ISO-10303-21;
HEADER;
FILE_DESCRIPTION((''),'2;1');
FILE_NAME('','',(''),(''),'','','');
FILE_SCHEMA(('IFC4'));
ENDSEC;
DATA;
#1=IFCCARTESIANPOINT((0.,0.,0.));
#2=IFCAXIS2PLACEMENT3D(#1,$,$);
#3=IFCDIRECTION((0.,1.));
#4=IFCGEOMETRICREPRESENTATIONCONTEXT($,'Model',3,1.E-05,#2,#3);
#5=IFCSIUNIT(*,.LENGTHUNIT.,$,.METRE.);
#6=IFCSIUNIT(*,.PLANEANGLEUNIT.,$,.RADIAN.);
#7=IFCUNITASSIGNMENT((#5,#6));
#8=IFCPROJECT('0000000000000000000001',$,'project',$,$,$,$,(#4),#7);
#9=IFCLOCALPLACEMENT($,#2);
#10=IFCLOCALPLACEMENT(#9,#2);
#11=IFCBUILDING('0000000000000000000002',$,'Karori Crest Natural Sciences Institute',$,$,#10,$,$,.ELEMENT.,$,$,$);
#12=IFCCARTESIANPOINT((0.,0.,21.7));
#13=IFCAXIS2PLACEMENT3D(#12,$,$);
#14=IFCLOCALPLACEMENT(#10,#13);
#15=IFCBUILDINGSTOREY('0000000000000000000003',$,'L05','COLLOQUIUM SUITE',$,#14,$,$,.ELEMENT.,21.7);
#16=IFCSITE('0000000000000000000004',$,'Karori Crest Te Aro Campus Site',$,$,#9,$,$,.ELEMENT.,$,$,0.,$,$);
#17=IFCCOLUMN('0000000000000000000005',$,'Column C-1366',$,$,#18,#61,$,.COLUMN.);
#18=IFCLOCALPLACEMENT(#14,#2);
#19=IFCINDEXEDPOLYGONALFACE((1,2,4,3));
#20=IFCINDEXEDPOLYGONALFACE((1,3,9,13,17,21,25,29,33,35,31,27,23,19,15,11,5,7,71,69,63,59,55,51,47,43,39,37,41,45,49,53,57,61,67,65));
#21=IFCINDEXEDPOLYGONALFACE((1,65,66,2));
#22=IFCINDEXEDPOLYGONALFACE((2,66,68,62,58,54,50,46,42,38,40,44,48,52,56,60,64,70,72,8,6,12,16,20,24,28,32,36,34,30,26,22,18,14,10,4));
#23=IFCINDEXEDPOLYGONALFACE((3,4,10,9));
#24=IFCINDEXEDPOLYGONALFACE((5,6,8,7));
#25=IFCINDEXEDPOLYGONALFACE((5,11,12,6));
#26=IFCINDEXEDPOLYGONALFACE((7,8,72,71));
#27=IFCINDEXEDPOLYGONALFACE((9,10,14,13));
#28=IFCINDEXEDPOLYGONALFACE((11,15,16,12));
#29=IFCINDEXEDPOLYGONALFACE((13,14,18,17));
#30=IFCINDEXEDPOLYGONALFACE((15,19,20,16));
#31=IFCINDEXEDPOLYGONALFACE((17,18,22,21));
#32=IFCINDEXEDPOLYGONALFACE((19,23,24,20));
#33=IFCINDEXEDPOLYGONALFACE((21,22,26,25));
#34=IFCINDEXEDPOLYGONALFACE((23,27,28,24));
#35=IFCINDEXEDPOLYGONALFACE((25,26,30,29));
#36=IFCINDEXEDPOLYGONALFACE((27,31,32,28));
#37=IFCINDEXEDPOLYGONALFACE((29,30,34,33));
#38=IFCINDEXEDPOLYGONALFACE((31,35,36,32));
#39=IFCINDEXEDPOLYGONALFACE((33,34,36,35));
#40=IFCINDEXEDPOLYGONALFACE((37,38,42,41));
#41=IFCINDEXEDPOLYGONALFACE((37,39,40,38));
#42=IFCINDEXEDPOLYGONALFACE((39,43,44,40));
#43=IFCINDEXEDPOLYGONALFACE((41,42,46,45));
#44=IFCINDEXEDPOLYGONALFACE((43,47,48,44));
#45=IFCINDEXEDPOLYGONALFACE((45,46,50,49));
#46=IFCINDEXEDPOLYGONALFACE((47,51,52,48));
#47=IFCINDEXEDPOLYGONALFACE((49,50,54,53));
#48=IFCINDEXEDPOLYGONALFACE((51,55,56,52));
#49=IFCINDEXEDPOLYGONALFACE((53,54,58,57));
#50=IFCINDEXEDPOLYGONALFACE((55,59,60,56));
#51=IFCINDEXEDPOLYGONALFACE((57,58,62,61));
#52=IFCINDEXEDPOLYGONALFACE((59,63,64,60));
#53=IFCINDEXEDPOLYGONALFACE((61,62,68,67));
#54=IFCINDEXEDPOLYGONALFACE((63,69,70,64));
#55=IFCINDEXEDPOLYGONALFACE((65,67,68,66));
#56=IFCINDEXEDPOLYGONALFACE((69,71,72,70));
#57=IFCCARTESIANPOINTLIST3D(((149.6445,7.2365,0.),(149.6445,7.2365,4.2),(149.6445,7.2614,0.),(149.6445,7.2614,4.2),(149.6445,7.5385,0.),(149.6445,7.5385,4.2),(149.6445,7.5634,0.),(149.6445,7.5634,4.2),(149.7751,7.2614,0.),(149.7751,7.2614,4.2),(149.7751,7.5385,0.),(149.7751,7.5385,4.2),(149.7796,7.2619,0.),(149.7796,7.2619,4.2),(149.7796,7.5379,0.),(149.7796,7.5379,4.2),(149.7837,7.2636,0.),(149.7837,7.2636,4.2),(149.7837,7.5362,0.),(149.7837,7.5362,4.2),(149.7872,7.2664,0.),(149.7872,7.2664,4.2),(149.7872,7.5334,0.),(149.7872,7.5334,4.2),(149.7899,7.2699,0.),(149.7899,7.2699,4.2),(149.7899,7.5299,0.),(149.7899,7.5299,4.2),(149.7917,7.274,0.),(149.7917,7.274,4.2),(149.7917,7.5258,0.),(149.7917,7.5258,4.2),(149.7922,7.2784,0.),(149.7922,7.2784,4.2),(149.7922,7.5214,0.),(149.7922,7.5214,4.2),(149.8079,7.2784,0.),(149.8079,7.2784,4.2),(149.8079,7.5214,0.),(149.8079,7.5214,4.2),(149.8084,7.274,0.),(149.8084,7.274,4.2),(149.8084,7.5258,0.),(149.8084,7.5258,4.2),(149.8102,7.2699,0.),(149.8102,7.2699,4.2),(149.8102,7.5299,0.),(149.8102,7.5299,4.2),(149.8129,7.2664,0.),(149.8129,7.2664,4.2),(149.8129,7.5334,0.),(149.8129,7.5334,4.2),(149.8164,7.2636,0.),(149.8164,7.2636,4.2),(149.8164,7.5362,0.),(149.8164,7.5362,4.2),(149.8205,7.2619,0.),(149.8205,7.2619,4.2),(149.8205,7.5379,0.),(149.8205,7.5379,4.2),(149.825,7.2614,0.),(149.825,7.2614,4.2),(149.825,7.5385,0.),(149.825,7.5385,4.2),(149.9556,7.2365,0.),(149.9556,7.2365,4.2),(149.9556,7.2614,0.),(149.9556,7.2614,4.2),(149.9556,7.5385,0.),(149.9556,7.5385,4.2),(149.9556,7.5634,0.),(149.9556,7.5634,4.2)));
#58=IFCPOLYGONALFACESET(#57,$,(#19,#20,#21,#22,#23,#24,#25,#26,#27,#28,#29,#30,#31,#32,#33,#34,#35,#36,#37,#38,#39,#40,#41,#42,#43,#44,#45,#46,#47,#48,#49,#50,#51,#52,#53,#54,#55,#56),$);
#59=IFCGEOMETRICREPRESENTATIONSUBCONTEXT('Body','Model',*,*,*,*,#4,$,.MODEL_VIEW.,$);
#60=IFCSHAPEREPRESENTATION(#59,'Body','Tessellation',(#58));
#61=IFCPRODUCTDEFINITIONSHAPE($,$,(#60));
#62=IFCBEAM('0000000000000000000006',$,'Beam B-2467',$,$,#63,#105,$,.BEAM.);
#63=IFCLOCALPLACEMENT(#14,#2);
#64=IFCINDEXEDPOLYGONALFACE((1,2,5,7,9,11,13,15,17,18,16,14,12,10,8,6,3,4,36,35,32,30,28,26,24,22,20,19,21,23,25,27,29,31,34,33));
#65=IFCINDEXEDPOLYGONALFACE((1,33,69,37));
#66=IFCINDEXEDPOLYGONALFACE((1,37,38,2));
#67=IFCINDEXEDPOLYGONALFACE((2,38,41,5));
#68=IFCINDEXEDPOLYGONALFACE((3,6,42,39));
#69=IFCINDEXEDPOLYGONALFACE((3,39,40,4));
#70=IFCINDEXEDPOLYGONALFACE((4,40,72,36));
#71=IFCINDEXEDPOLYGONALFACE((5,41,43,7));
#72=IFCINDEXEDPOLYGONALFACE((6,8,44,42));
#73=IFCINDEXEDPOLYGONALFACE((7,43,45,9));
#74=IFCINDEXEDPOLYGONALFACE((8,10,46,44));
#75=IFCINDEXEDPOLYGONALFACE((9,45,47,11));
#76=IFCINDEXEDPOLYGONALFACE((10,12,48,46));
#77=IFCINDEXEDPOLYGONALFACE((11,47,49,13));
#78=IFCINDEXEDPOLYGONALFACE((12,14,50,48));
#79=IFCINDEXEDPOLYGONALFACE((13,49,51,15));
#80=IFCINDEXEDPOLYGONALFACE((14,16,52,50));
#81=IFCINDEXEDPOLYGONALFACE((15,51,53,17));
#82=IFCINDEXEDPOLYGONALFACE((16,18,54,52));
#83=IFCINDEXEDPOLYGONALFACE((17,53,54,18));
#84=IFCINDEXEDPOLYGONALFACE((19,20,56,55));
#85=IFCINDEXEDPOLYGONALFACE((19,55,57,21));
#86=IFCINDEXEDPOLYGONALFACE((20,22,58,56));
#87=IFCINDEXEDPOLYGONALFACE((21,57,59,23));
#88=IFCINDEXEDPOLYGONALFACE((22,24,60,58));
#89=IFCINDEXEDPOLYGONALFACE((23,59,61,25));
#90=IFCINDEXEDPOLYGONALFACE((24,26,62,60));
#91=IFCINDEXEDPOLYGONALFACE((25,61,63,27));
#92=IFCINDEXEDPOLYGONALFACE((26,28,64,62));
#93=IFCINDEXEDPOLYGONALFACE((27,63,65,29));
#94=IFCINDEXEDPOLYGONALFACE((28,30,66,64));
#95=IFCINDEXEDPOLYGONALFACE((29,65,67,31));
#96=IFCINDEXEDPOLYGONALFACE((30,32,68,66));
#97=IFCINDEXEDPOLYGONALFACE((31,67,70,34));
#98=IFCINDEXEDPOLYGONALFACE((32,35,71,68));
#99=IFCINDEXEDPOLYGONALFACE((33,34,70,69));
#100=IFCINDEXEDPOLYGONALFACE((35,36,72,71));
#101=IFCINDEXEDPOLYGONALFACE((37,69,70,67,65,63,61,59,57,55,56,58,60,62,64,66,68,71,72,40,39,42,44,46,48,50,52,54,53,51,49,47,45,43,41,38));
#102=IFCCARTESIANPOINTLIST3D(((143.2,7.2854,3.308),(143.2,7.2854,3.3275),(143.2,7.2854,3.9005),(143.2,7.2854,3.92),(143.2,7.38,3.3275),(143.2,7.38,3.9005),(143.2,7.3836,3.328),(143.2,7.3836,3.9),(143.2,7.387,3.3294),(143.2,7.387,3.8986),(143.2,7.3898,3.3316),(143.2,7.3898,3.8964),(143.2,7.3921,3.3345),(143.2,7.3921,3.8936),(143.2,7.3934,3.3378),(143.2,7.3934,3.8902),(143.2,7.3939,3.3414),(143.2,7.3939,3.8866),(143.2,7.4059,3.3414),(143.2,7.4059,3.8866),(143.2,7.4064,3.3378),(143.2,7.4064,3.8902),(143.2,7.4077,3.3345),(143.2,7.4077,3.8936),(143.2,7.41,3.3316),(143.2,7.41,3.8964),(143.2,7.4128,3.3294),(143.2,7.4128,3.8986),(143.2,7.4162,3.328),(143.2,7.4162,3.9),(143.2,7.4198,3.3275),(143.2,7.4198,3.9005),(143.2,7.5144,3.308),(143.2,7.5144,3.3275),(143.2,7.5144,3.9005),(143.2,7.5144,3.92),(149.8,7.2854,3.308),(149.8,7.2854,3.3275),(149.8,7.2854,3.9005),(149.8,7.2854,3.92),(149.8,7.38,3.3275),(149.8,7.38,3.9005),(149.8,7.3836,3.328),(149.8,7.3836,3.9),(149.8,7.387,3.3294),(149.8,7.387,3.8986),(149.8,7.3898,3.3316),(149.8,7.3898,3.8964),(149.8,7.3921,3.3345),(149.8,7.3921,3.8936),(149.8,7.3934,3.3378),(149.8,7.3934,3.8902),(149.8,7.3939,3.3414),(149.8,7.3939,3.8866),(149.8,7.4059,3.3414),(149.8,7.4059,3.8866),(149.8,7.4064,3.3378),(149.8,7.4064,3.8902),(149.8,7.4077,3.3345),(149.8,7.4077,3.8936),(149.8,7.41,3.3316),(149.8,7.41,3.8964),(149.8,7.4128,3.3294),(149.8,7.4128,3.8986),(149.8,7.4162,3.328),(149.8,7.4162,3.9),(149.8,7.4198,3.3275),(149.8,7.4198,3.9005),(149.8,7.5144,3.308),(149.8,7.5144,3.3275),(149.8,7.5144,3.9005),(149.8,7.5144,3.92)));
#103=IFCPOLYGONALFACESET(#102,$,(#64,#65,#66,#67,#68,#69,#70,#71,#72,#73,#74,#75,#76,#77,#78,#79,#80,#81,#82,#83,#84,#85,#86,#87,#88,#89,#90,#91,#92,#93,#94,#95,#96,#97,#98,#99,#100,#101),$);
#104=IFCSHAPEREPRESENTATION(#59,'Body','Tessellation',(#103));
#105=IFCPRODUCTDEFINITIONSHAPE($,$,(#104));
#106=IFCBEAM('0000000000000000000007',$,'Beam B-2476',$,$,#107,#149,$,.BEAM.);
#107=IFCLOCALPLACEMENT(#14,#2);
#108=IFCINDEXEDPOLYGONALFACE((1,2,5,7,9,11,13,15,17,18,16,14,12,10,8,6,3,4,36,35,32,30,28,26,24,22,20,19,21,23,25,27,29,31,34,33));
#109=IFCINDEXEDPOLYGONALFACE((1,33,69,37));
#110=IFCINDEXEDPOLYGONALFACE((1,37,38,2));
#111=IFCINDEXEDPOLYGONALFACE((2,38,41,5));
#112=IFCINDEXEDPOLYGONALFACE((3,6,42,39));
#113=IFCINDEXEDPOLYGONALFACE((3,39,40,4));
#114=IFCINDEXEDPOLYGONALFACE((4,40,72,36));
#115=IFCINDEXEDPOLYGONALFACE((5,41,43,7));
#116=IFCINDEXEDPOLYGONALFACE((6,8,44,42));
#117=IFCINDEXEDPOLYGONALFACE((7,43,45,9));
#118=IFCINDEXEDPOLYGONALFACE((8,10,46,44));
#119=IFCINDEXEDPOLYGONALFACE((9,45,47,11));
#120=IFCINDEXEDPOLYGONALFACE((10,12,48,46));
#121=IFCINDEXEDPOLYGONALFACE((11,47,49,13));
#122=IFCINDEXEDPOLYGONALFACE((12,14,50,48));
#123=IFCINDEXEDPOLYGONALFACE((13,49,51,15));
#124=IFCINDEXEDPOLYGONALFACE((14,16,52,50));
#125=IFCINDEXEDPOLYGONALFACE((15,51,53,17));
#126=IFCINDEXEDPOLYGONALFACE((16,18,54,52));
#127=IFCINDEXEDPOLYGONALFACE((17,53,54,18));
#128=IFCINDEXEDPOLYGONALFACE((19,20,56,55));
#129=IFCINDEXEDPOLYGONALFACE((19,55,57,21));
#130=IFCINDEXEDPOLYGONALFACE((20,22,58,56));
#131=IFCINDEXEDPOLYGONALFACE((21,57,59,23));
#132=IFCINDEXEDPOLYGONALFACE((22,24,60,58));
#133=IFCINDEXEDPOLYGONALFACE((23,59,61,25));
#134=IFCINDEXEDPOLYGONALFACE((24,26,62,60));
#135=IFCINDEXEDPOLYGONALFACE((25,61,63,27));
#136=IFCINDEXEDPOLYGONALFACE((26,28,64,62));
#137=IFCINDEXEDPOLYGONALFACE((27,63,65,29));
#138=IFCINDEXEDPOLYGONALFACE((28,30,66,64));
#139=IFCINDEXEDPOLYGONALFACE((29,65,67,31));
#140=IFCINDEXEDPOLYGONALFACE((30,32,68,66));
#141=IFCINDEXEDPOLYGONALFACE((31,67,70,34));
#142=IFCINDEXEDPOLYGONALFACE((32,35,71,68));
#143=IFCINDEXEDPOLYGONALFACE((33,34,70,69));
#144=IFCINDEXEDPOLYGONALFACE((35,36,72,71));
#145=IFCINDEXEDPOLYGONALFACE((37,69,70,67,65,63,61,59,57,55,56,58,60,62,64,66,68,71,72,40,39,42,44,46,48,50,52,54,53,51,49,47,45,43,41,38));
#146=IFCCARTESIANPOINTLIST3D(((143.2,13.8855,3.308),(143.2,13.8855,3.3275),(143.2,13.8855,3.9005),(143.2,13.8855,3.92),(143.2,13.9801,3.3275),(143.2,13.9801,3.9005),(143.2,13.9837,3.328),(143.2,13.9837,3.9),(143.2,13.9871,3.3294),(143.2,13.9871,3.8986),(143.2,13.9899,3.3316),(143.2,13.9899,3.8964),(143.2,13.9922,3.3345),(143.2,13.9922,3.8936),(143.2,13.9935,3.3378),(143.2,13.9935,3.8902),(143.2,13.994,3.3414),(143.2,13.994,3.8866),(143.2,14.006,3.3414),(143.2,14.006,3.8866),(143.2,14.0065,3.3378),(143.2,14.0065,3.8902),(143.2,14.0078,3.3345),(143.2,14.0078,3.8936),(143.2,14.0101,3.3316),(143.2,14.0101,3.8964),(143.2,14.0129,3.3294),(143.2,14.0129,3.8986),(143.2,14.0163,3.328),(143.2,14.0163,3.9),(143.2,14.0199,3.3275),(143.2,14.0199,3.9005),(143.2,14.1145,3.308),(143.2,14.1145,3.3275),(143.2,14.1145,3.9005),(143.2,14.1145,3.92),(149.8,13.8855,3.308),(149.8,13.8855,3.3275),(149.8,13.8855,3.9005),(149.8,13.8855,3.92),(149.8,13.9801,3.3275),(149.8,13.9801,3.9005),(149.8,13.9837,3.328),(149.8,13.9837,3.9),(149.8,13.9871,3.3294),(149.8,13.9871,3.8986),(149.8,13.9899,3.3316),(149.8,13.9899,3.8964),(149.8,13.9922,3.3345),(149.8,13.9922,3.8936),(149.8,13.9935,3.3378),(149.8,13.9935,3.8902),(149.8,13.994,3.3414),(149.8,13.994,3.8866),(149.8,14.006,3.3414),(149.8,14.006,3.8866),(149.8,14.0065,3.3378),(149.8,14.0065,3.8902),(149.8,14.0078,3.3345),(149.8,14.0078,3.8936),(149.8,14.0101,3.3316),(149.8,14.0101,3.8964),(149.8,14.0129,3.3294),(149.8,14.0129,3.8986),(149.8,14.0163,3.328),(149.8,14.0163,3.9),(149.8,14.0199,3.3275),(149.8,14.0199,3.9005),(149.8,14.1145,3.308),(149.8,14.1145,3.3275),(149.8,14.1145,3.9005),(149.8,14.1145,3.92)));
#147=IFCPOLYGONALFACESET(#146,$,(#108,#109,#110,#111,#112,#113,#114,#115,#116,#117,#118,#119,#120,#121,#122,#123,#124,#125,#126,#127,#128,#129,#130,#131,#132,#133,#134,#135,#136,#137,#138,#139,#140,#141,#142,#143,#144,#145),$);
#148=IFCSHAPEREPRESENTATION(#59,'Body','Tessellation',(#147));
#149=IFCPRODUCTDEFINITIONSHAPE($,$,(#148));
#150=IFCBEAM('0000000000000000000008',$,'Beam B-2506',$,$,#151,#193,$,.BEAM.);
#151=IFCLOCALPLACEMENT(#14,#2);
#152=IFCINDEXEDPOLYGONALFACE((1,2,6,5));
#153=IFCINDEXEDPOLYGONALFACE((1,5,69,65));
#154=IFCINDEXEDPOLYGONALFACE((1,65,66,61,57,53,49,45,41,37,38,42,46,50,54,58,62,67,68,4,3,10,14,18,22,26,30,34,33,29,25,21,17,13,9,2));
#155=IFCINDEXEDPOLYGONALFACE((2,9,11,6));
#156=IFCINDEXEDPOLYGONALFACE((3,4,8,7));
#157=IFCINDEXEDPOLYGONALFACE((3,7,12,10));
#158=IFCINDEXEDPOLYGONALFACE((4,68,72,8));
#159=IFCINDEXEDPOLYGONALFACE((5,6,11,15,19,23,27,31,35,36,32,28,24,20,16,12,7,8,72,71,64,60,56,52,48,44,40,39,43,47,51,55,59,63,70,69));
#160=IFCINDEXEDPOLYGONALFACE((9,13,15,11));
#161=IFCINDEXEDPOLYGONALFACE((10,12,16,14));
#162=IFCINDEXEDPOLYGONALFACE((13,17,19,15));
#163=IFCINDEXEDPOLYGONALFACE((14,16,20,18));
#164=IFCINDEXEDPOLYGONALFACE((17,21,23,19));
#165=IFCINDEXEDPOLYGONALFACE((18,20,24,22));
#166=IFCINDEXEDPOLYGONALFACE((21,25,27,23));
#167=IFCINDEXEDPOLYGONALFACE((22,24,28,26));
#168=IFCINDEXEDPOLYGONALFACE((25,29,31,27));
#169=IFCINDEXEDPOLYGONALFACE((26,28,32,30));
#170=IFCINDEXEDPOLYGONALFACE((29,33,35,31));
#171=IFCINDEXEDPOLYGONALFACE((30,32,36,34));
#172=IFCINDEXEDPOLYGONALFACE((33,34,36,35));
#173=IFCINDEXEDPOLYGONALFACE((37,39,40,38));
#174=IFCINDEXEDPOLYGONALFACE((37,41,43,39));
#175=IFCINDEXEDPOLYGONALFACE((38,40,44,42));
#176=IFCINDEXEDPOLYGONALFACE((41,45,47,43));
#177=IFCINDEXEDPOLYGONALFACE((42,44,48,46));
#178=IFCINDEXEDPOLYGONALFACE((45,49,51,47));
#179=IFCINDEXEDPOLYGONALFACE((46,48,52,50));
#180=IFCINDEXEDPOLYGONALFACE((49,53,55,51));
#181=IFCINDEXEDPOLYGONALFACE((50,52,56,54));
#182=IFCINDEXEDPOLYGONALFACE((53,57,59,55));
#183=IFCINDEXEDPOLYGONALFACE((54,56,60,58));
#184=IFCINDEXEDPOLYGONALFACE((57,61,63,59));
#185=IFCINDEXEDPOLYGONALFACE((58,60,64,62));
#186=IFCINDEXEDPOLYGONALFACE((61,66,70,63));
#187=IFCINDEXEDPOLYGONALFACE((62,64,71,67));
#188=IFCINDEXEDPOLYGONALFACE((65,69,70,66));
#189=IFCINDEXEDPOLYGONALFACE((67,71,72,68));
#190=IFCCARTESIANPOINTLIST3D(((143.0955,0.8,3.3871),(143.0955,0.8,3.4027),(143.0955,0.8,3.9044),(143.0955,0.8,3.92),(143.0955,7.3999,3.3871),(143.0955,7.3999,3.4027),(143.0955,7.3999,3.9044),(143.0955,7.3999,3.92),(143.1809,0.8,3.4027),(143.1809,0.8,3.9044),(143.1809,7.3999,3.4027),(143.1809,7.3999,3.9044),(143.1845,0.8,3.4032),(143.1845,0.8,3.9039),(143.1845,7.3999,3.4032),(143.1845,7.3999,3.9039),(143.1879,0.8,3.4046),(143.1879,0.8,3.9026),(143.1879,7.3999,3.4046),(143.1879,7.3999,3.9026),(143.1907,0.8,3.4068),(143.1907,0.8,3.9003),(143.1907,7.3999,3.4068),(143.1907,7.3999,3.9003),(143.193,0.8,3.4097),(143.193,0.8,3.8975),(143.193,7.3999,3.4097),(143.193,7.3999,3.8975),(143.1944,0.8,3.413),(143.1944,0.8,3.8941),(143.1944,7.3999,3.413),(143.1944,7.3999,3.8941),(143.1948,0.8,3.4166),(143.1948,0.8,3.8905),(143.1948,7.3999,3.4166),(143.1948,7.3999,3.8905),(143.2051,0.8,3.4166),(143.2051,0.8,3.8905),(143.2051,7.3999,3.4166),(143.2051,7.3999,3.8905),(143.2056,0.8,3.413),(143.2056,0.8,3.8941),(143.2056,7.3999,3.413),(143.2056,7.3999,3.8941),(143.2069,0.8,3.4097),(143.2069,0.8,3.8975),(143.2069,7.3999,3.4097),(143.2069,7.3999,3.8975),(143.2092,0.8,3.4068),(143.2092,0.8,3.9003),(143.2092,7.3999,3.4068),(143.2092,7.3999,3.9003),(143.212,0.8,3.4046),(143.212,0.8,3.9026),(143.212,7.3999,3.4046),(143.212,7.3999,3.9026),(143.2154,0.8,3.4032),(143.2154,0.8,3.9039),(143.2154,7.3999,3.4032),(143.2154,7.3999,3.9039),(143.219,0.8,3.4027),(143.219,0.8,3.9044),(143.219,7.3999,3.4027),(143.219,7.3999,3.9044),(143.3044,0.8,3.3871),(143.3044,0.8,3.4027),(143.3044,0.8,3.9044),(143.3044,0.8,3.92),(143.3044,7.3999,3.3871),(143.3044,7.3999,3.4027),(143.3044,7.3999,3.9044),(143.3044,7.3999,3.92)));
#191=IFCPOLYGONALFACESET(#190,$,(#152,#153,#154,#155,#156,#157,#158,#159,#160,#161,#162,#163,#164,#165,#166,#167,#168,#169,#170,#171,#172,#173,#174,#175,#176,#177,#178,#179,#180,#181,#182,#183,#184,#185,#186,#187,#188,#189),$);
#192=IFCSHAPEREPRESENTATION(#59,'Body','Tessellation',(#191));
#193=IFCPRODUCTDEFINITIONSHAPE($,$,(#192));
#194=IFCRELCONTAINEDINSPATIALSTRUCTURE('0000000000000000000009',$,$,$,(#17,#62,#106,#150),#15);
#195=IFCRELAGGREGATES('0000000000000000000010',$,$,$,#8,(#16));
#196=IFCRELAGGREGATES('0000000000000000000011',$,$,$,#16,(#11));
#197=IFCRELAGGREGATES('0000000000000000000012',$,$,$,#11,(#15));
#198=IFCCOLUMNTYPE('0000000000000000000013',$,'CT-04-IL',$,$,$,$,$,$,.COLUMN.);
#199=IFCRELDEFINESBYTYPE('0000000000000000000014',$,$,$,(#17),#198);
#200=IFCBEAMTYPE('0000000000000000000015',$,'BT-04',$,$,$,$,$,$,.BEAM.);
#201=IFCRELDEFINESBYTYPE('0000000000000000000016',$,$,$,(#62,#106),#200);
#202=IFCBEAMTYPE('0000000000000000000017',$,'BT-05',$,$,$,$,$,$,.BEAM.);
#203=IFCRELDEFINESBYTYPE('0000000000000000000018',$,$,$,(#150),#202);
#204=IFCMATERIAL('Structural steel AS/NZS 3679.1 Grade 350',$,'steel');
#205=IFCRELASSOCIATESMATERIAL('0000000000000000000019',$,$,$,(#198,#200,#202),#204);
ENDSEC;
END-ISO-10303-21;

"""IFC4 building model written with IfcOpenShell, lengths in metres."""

from ifc_helpers import new_model, si_unit, direction, frame, origin, origin_2d, place, context, subcontext, project, spatial, i_section, extrude, material, material_profile, profile_set, type_object, element, save


model = new_model("IFC4")

# Units and contexts
model_context = context("Model", 3, precision=1e-05, world=origin(), true_north=direction((0.0, 1.0)))
body_context = subcontext(model_context, "Body", "Model", "MODEL_VIEW")
ifc_project = project(units=[si_unit("LENGTHUNIT", "METRE"), si_unit("PLANEANGLEUNIT", "RADIAN")], contexts=[model_context])

# Site, building, storey
site_placement = place(None, origin())
site = spatial("IfcSite", under=ifc_project, at=site_placement, Name="Karori Crest Te Aro Campus Site", CompositionType="ELEMENT", RefElevation=0.0)
building_placement = place(site_placement, origin())
building = spatial("IfcBuilding", under=site, at=building_placement, Name="Karori Crest Natural Sciences Institute", CompositionType="ELEMENT")
storey_placement = place(building_placement, frame((0.0, 0.0, 21.7)))
storey = spatial("IfcBuildingStorey", under=building, at=storey_placement, Name="L05", Description="COLLOQUIUM SUITE", CompositionType="ELEMENT", Elevation=21.7)

# Column
ifc_material_1 = material(Name="Structural steel AS/NZS 3679.1 Grade 350", Category="steel")
ifc_material_profile_1 = material_profile(ifc_material_1, i_section(OverallWidth=0.311, OverallDepth=0.3269, WebThickness=0.0156, FlangeThickness=0.0249, FilletRadius=0.0171, at=origin_2d()), Name="310UC158")
ifc_profile_set_1 = profile_set([ifc_material_profile_1], Name="Structural steel AS/NZS 3679.1 Grade 350")
column_type_1 = type_object("IfcColumnType", Name="CT-04-IL", PredefinedType="COLUMN", material=ifc_profile_set_1)
for number, where, z_axis, x_axis, name in (
    (1, (149.8, 7.3999, 0.0), (0.0, 0.0, 1.0), (1.0, 0.0, 0.0), "Column C-1366"),
):
    element("IfcColumn", number, at=place(storey_placement, frame(where, z_axis=z_axis, x_axis=x_axis)), inside=storey, type_object=column_type_1, Name=name, PredefinedType="COLUMN", context=body_context, shape_type="SweptSolid", body=[
        extrude(i_section(OverallWidth=0.311, OverallDepth=0.3269, WebThickness=0.0156, FlangeThickness=0.0249, FilletRadius=0.0171, at=origin_2d()), origin(), (0.0, 0.0, 1.0), 4.2),
    ])

# Beams
ifc_material_profile_2 = material_profile(ifc_material_1, i_section(OverallWidth=0.229, OverallDepth=0.6121, WebThickness=0.012, FlangeThickness=0.0195, FilletRadius=0.0139, at=origin_2d()), Name="610UB125")
ifc_profile_set_2 = profile_set([ifc_material_profile_2], Name="Structural steel AS/NZS 3679.1 Grade 350")
beam_type_1 = type_object("IfcBeamType", Name="BT-04", PredefinedType="BEAM", material=ifc_profile_set_2)
for number, where, z_axis, x_axis, name in (
    (2, (143.2, 7.3999, 3.614), (1.0, 0.0, 0.0), (0.0, 1.0, 0.0), "Beam B-2467"),
    (3, (143.2, 14.0, 3.614), (1.0, 0.0, 0.0), (0.0, 1.0, 0.0), "Beam B-2476"),
):
    element("IfcBeam", number, at=place(storey_placement, frame(where, z_axis=z_axis, x_axis=x_axis)), inside=storey, type_object=beam_type_1, Name=name, PredefinedType="BEAM", context=body_context, shape_type="SweptSolid", body=[
        extrude(i_section(OverallWidth=0.229, OverallDepth=0.6121, WebThickness=0.012, FlangeThickness=0.0195, FilletRadius=0.0139, at=origin_2d()), origin(), (0.0, 0.0, 1.0), 6.6001),
    ])
ifc_material_profile_3 = material_profile(ifc_material_1, i_section(OverallWidth=0.209, OverallDepth=0.533, WebThickness=0.0103, FlangeThickness=0.0156, FilletRadius=0.0139, at=origin_2d()), Name="530UB92.4")
ifc_profile_set_3 = profile_set([ifc_material_profile_3], Name="Structural steel AS/NZS 3679.1 Grade 350")
beam_type_2 = type_object("IfcBeamType", Name="BT-05", PredefinedType="BEAM", material=ifc_profile_set_3)
beam_1_placement = place(storey_placement, frame((143.2, 0.8, 3.6536), z_axis=(0.0, 1.0, 0.0), x_axis=(-1.0, 0.0, 0.0)))
element("IfcBeam", 4, at=beam_1_placement, inside=storey, type_object=beam_type_2, Name="Beam B-2506", PredefinedType="BEAM", context=body_context, shape_type="SweptSolid", body=[
    extrude(i_section(OverallWidth=0.209, OverallDepth=0.533, WebThickness=0.0103, FlangeThickness=0.0156, FilletRadius=0.0139, at=origin_2d()), origin(), (0.0, 0.0, 1.0), 6.5999),
])

save(model, "model.ifc")
